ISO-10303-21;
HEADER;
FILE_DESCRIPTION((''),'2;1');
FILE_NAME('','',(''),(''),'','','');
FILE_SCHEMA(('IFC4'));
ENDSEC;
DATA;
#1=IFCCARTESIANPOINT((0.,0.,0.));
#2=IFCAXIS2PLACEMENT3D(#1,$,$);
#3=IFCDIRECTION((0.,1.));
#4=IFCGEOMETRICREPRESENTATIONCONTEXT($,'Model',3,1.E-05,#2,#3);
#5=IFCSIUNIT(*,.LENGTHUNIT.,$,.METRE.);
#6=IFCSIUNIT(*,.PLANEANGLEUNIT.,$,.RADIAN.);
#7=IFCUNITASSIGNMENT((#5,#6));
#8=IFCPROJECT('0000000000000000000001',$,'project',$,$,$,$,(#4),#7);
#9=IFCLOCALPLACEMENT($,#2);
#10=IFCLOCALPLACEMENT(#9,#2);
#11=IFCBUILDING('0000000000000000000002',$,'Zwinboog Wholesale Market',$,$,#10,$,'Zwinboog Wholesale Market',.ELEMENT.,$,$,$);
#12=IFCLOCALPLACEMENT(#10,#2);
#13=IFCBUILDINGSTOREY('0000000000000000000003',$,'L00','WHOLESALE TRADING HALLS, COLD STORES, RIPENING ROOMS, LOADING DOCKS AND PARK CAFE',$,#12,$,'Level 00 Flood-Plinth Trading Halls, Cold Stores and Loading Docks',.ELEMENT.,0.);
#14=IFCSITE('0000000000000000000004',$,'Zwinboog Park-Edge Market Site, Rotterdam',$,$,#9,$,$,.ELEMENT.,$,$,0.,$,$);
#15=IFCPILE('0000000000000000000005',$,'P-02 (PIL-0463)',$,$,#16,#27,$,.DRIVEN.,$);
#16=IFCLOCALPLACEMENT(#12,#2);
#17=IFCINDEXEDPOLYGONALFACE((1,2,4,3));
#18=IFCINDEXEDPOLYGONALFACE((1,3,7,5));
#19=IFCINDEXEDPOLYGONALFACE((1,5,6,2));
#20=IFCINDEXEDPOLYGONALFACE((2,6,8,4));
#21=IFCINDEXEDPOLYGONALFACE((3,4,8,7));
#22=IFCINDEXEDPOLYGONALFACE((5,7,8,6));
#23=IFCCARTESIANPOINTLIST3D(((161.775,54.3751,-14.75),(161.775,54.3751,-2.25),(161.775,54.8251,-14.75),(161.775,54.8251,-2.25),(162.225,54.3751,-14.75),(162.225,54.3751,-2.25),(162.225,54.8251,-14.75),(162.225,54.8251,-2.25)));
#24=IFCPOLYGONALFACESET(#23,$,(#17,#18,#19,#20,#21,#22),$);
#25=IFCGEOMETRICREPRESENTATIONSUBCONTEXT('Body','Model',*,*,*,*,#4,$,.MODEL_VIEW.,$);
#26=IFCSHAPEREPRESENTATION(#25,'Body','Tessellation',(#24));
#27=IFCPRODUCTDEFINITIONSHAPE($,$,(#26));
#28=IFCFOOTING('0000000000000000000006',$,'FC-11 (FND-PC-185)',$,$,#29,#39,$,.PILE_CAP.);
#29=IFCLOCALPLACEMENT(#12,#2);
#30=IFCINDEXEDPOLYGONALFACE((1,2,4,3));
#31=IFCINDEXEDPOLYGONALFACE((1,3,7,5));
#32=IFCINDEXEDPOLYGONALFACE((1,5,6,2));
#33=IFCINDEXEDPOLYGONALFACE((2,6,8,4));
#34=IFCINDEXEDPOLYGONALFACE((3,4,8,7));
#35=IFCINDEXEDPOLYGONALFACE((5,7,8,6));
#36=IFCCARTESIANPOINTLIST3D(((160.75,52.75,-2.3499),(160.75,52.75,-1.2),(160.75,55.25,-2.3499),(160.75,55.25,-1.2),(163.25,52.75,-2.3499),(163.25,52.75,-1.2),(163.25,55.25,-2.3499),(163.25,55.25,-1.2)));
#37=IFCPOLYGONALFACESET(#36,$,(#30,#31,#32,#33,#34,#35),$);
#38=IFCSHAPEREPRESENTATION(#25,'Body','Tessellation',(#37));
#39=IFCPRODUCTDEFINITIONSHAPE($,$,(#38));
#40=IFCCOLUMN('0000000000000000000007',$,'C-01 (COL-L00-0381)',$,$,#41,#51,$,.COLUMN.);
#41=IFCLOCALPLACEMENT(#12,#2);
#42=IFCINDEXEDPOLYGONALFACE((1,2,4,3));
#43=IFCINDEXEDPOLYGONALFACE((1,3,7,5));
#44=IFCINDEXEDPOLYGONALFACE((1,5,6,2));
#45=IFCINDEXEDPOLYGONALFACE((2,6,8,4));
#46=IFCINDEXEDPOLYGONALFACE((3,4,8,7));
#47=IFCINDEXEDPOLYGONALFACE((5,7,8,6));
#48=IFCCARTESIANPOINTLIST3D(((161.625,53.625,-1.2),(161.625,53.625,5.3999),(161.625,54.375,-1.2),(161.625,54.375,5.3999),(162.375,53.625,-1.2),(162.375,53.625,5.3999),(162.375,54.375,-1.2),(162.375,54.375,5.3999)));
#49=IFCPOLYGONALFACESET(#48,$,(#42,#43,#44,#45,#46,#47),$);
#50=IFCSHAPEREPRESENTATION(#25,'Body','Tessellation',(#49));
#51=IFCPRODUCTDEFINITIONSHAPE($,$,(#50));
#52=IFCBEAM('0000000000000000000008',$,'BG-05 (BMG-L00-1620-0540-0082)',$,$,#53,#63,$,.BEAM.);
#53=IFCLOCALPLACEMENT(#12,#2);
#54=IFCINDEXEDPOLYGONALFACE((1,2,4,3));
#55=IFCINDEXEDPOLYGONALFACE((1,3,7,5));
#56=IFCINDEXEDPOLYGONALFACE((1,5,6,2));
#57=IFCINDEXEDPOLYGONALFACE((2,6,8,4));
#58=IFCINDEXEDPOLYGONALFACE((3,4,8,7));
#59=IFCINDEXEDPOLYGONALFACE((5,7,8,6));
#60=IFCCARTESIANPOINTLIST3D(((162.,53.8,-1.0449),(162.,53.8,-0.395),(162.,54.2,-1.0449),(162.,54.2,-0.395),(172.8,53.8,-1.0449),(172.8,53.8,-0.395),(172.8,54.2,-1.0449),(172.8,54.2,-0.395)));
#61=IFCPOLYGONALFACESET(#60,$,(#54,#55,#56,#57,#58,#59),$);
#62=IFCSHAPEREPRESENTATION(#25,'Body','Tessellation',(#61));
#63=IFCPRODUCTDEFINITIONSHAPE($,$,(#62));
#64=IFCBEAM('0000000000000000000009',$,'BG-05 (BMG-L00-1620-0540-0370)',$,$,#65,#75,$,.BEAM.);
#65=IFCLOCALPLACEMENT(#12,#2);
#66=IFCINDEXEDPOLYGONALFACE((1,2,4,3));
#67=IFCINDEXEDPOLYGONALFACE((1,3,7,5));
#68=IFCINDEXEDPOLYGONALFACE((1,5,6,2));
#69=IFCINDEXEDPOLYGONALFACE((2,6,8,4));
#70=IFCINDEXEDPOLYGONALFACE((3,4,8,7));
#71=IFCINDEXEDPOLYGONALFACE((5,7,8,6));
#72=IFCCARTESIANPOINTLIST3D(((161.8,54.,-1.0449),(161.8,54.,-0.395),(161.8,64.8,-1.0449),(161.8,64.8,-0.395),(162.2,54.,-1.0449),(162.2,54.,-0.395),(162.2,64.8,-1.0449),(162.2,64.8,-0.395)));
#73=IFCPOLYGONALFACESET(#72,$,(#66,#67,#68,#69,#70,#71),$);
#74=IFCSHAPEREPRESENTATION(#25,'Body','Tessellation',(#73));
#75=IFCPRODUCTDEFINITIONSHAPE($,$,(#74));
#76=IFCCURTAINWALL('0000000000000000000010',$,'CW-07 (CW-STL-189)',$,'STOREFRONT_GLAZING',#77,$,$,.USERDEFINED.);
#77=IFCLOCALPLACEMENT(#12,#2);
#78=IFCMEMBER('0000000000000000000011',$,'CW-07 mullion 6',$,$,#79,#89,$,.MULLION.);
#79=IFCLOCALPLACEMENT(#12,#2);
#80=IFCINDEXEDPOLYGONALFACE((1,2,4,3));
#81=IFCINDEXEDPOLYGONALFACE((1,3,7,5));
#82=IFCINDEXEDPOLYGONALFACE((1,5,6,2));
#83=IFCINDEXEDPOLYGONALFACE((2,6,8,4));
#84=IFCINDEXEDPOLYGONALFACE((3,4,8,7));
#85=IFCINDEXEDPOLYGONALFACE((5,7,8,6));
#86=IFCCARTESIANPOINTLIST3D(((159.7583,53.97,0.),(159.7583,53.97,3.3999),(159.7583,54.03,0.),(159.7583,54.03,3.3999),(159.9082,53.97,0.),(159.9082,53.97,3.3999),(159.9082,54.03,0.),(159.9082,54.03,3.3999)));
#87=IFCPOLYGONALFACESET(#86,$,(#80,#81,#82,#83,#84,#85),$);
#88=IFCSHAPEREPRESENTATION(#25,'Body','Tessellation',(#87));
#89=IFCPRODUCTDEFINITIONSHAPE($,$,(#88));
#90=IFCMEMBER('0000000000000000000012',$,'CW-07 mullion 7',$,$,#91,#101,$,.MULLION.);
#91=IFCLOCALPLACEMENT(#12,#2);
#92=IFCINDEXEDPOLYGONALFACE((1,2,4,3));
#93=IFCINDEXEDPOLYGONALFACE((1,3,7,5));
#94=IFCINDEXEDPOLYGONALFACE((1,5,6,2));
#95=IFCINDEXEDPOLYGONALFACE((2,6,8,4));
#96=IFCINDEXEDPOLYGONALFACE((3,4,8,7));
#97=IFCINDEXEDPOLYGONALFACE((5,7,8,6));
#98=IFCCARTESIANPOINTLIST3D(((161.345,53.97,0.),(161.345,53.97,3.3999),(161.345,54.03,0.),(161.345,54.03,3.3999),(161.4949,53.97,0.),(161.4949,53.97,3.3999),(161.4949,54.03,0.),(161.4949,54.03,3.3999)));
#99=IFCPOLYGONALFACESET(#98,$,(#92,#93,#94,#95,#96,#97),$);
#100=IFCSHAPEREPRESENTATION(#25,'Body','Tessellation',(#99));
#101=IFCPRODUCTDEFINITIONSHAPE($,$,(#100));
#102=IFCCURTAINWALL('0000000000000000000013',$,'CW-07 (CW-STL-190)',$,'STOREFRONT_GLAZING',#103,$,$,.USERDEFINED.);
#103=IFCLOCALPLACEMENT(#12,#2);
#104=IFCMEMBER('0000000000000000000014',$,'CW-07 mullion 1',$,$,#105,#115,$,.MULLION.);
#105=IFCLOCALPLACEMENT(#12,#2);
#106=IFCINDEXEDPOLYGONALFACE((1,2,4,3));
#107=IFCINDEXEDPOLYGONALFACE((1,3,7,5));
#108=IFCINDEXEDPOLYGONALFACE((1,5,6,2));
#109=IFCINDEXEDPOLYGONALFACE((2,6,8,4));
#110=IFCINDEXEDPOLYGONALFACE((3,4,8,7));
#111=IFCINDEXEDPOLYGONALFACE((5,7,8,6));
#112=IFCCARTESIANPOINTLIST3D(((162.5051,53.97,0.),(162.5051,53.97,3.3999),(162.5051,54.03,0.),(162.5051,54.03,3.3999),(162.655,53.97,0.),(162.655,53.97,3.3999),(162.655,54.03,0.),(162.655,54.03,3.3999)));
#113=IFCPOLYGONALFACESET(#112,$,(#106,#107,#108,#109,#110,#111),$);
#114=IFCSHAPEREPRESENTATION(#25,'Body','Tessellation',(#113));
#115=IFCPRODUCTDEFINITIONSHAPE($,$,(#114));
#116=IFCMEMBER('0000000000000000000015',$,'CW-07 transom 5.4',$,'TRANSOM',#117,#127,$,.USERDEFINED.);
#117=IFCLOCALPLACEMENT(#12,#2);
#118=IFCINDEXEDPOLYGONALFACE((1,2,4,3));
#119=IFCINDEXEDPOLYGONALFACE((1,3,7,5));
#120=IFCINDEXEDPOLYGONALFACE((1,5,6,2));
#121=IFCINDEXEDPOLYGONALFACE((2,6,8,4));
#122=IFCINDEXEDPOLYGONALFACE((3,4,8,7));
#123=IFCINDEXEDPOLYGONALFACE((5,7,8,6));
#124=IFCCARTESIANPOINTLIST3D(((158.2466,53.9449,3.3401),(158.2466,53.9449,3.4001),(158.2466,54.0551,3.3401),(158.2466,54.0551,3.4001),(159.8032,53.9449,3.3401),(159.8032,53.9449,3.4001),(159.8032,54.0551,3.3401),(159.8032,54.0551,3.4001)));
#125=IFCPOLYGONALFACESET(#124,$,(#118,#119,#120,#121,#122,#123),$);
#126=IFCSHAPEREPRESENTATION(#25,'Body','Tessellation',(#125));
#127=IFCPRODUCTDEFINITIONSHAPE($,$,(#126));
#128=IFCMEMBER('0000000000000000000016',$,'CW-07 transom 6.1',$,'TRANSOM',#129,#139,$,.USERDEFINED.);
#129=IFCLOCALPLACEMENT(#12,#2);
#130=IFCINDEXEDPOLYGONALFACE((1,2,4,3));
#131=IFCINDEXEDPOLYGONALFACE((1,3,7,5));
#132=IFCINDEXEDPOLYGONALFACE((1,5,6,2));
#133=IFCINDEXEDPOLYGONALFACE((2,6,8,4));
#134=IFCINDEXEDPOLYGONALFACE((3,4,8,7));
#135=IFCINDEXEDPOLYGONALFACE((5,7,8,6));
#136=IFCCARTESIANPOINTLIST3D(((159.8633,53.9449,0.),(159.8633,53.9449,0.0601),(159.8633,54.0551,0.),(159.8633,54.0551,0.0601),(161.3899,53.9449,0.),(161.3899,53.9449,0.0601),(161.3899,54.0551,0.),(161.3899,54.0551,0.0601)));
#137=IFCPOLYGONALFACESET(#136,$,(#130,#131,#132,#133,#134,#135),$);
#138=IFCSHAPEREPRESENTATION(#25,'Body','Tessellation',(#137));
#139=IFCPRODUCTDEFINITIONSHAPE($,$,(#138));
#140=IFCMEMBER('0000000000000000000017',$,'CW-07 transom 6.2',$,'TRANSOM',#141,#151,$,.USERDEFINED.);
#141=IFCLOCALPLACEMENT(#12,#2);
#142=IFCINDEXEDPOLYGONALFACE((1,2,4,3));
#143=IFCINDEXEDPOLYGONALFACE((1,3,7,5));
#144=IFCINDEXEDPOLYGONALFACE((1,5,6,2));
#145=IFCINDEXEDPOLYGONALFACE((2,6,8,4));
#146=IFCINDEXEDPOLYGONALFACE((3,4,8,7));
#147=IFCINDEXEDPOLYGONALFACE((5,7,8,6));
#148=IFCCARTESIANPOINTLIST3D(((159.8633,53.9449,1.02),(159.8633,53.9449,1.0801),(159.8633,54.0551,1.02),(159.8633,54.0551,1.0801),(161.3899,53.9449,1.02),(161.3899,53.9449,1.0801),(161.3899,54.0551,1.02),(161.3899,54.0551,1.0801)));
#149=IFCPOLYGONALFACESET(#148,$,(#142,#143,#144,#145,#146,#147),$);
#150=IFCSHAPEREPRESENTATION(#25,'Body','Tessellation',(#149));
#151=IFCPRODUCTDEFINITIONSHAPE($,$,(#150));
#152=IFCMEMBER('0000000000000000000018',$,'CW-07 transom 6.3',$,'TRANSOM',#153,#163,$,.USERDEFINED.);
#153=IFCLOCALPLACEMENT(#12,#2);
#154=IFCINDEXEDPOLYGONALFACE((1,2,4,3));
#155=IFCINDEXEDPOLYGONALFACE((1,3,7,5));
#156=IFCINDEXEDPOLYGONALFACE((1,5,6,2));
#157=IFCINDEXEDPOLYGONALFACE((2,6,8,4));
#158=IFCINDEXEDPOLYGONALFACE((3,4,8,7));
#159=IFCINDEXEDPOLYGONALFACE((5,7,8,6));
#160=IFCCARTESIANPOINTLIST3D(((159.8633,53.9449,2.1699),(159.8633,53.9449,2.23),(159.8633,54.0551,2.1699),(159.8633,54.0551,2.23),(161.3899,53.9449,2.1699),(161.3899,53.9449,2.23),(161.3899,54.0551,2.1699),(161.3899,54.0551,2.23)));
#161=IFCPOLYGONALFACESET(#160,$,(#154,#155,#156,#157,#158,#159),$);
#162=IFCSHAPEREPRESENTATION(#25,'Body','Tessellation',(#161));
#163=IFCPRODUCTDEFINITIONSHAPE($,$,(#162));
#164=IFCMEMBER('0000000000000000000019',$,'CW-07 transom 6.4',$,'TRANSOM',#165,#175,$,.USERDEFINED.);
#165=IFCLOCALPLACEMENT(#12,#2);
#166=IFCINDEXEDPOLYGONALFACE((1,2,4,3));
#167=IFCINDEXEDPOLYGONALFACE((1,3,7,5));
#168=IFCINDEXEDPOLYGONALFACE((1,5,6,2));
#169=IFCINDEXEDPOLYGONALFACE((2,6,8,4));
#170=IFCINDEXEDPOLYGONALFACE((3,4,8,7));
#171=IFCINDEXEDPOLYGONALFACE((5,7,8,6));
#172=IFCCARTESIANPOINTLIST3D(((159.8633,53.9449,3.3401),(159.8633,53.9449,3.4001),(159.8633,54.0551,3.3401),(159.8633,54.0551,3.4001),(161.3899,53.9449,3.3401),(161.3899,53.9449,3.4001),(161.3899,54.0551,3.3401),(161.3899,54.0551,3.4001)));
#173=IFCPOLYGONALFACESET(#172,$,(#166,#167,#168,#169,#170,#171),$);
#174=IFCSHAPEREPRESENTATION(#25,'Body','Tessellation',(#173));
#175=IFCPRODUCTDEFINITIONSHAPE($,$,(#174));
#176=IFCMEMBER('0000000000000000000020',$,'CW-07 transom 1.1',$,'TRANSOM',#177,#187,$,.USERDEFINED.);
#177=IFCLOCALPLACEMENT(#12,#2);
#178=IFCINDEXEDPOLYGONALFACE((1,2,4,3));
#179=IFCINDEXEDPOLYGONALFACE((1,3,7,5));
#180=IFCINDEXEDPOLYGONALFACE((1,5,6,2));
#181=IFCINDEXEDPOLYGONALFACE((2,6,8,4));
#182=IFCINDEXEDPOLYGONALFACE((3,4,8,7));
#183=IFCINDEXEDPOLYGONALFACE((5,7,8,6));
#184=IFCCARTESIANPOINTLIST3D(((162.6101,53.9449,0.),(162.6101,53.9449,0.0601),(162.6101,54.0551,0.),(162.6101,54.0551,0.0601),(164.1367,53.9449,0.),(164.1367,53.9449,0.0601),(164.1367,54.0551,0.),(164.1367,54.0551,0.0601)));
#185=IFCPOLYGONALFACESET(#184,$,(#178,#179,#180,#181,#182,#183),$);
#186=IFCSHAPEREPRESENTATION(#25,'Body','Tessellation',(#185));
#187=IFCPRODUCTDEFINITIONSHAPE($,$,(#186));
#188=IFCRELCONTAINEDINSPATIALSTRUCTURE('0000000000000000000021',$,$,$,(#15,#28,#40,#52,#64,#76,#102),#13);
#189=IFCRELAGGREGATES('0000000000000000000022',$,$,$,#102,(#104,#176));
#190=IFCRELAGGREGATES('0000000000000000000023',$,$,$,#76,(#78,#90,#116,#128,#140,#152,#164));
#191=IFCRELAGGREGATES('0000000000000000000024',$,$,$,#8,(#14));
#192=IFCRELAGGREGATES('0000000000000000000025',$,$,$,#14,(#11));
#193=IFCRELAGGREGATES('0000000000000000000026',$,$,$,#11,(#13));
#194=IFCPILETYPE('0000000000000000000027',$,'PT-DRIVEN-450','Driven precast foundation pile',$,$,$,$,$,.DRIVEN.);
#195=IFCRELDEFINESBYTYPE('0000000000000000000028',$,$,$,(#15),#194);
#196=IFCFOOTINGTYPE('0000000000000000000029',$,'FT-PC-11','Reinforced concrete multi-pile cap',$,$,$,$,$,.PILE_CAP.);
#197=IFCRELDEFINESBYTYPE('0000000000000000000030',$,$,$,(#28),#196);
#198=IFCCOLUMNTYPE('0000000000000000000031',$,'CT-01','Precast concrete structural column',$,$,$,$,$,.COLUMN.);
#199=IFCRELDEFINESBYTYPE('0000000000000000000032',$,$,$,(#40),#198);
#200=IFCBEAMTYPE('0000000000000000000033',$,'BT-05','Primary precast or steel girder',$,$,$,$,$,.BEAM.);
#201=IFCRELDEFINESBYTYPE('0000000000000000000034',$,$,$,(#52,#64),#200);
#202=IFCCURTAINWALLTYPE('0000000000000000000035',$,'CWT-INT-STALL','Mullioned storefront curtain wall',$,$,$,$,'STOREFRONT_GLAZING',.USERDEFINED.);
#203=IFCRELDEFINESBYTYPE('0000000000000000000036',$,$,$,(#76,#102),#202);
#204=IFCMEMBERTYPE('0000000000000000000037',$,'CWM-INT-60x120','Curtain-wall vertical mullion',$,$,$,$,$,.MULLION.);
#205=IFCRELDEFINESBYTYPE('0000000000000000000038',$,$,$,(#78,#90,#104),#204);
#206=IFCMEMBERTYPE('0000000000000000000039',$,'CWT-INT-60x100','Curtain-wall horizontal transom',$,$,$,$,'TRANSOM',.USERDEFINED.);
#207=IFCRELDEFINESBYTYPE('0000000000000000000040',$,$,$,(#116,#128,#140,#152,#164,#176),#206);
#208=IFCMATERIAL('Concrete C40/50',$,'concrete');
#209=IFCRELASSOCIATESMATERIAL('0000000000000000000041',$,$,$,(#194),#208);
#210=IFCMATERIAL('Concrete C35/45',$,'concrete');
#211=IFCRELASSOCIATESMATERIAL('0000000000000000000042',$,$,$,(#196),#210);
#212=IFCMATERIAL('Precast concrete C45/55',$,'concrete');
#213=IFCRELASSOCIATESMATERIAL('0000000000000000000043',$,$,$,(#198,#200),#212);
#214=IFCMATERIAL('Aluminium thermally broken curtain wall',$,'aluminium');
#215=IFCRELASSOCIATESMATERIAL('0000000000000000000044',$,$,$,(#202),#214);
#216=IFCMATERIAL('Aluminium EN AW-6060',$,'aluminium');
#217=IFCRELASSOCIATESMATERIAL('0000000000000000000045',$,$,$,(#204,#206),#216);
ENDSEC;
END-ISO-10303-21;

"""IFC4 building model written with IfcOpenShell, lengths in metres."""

from ifc_helpers import new_model, si_unit, direction, frame, origin, origin_2d, place, context, subcontext, project, spatial, rectangle, extrude, material, material_profile, profile_set, type_object, element, aggregate, save


model = new_model("IFC4")

# Units and contexts
model_context = context("Model", 3, precision=1e-05, world=origin(), true_north=direction((0.0, 1.0)))
body_context = subcontext(model_context, "Body", "Model", "MODEL_VIEW")
ifc_project = project(units=[si_unit("LENGTHUNIT", "METRE"), si_unit("PLANEANGLEUNIT", "RADIAN")], contexts=[model_context])

# Site, building, storey
site_placement = place(None, origin())
site = spatial("IfcSite", under=ifc_project, at=site_placement, Name="Zwinboog Park-Edge Market Site, Rotterdam", CompositionType="ELEMENT", RefElevation=0.0)
building_placement = place(site_placement, origin())
building = spatial("IfcBuilding", under=site, at=building_placement, Name="Zwinboog Wholesale Market", LongName="Zwinboog Wholesale Market", CompositionType="ELEMENT")
storey_placement = place(building_placement, origin())
storey = spatial("IfcBuildingStorey", under=building, at=storey_placement, Name="L00", Description="WHOLESALE TRADING HALLS, COLD STORES, RIPENING ROOMS, LOADING DOCKS AND PARK CAFE", LongName="Level 00 Flood-Plinth Trading Halls, Cold Stores and Loading Docks", CompositionType="ELEMENT", Elevation=0.0)

# Pile
ifc_material_1 = material(Name="Concrete C40/50", Category="concrete")
ifc_material_profile_1 = material_profile(ifc_material_1, rectangle(XDim=0.45, YDim=0.45, at=origin_2d()), Name="PILE SQ450")
ifc_profile_set_1 = profile_set([ifc_material_profile_1], Name="Concrete C40/50")
pile_type = type_object("IfcPileType", Name="PT-DRIVEN-450", Description="Driven precast foundation pile", PredefinedType="DRIVEN", material=ifc_profile_set_1)
pile_placement = place(storey_placement, frame((162.0, 54.6001, -2.25), z_axis=(0.0, 0.0, -1.0), x_axis=(1.0, 0.0, 0.0)))
element("IfcPile", 1, at=pile_placement, inside=storey, type_object=pile_type, Name="P-02 (PIL-0463)", PredefinedType="DRIVEN", context=body_context, shape_type="SweptSolid", body=[
    extrude(rectangle(XDim=0.45, YDim=0.45, at=origin_2d()), origin(), (0.0, 0.0, 1.0), 12.5),
])

# Footing
ifc_material_2 = material(Name="Concrete C35/45", Category="concrete")
footing_type = type_object("IfcFootingType", Name="FT-PC-11", Description="Reinforced concrete multi-pile cap", PredefinedType="PILE_CAP", material=ifc_material_2)
footing_placement = place(storey_placement, frame((162.0, 54.0, -2.3499), z_axis=(0.0, 0.0, 1.0), x_axis=(1.0, 0.0, 0.0)))
element("IfcFooting", 2, at=footing_placement, inside=storey, type_object=footing_type, Name="FC-11 (FND-PC-185)", PredefinedType="PILE_CAP", context=body_context, shape_type="SweptSolid", body=[
    extrude(rectangle(XDim=2.5, YDim=2.5, at=origin_2d()), origin(), (0.0, 0.0, 1.0), 1.1499),
])

# Column
ifc_material_3 = material(Name="Precast concrete C45/55", Category="concrete")
ifc_material_profile_2 = material_profile(ifc_material_3, rectangle(XDim=0.75, YDim=0.75, at=origin_2d()), Name="PC 750x750")
ifc_profile_set_2 = profile_set([ifc_material_profile_2], Name="Precast concrete C45/55")
column_type = type_object("IfcColumnType", Name="CT-01", Description="Precast concrete structural column", PredefinedType="COLUMN", material=ifc_profile_set_2)
column_placement = place(storey_placement, frame((162.0, 54.0, -1.2), z_axis=(0.0, 0.0, 1.0), x_axis=(1.0, 0.0, 0.0)))
element("IfcColumn", 3, at=column_placement, inside=storey, type_object=column_type, Name="C-01 (COL-L00-0381)", PredefinedType="COLUMN", context=body_context, shape_type="SweptSolid", body=[
    extrude(rectangle(XDim=0.75, YDim=0.75, at=origin_2d()), origin(), (0.0, 0.0, 1.0), 6.5999),
])

# Beams
ifc_material_profile_3 = material_profile(ifc_material_3, rectangle(XDim=0.3999, YDim=0.6499, at=origin_2d()), Name="PC 400x650")
ifc_profile_set_3 = profile_set([ifc_material_profile_3], Name="Precast concrete C45/55")
beam_type = type_object("IfcBeamType", Name="BT-05", Description="Primary precast or steel girder", PredefinedType="BEAM", material=ifc_profile_set_3)
for number, where, z_axis, x_axis, name in (
    (4, (162.0, 54.0, -0.72), (1.0, 0.0, 0.0), (0.0, 1.0, 0.0), "BG-05 (BMG-L00-1620-0540-0082)"),
    (5, (162.0, 54.0, -0.72), (0.0, 1.0, 0.0), (-1.0, 0.0, 0.0), "BG-05 (BMG-L00-1620-0540-0370)"),
):
    element("IfcBeam", number, at=place(storey_placement, frame(where, z_axis=z_axis, x_axis=x_axis)), inside=storey, type_object=beam_type, Name=name, PredefinedType="BEAM", context=body_context, shape_type="SweptSolid", body=[
        extrude(rectangle(XDim=0.3999, YDim=0.6499, at=origin_2d()), origin(), (0.0, 0.0, 1.0), 10.8),
    ])

# Curtain wall, members
ifc_material_4 = material(Name="Aluminium thermally broken curtain wall", Category="aluminium")
curtain_wall_type = type_object("IfcCurtainWallType", Name="CWT-INT-STALL", Description="Mullioned storefront curtain wall", ElementType="STOREFRONT_GLAZING", PredefinedType="USERDEFINED", material=ifc_material_4)
curtain_wall_1_placement = place(storey_placement, origin())
curtain_wall_1 = element("IfcCurtainWall", 6, at=curtain_wall_1_placement, inside=storey, type_object=curtain_wall_type, Name="CW-07 (CW-STL-189)", ObjectType="STOREFRONT_GLAZING", PredefinedType="USERDEFINED")
ifc_material_5 = material(Name="Aluminium EN AW-6060", Category="aluminium")
ifc_material_profile_4 = material_profile(ifc_material_5, rectangle(XDim=0.0601, YDim=0.1499, at=origin_2d()), Name="AL 60x150")
ifc_profile_set_4 = profile_set([ifc_material_profile_4], Name="Aluminium EN AW-6060")
member_type_1 = type_object("IfcMemberType", Name="CWM-INT-60x120", Description="Curtain-wall vertical mullion", PredefinedType="MULLION", material=ifc_profile_set_4)
member_1_placement = place(storey_placement, frame((159.8333, 54.0, 0.0), z_axis=(0.0, 0.0, 1.0), x_axis=(0.0, 1.0, 0.0)))
member_1 = element("IfcMember", 7, at=member_1_placement, type_object=member_type_1, Name="CW-07 mullion 6", PredefinedType="MULLION", context=body_context, shape_type="SweptSolid", body=[
    extrude(rectangle(XDim=0.0601, YDim=0.1499, at=origin_2d()), origin(), (0.0, 0.0, 1.0), 3.3999),
])
member_2_placement = place(storey_placement, frame((161.4199, 54.0, 0.0), z_axis=(0.0, 0.0, 1.0), x_axis=(0.0, 1.0, 0.0)))
member_2 = element("IfcMember", 8, at=member_2_placement, type_object=member_type_1, Name="CW-07 mullion 7", PredefinedType="MULLION", context=body_context, shape_type="SweptSolid", body=[
    extrude(rectangle(XDim=0.0601, YDim=0.1499, at=origin_2d()), origin(), (0.0, 0.0, 1.0), 3.3999),
])

# Curtain wall, member
curtain_wall_2_placement = place(storey_placement, origin())
curtain_wall_2 = element("IfcCurtainWall", 9, at=curtain_wall_2_placement, inside=storey, type_object=curtain_wall_type, Name="CW-07 (CW-STL-190)", ObjectType="STOREFRONT_GLAZING", PredefinedType="USERDEFINED")
member_3_placement = place(storey_placement, frame((162.5801, 54.0, 0.0), z_axis=(0.0, 0.0, 1.0), x_axis=(0.0, 1.0, 0.0)))
member_3 = element("IfcMember", 10, at=member_3_placement, type_object=member_type_1, Name="CW-07 mullion 1", PredefinedType="MULLION", context=body_context, shape_type="SweptSolid", body=[
    extrude(rectangle(XDim=0.0601, YDim=0.1499, at=origin_2d()), origin(), (0.0, 0.0, 1.0), 3.3999),
])

# Members
ifc_material_profile_5 = material_profile(ifc_material_5, rectangle(XDim=0.1101, YDim=0.0601, at=origin_2d()), Name="AL 60x110")
ifc_profile_set_5 = profile_set([ifc_material_profile_5], Name="Aluminium EN AW-6060")
member_type_2 = type_object("IfcMemberType", Name="CWT-INT-60x100", Description="Curtain-wall horizontal transom", ElementType="TRANSOM", PredefinedType="USERDEFINED", material=ifc_profile_set_5)
member_4_placement = place(storey_placement, frame((158.2466, 54.0, 3.3701), z_axis=(1.0, 0.0, 0.0), x_axis=(0.0, 1.0, 0.0)))
member_4 = element("IfcMember", 11, at=member_4_placement, type_object=member_type_2, Name="CW-07 transom 5.4", ObjectType="TRANSOM", PredefinedType="USERDEFINED", context=body_context, shape_type="SweptSolid", body=[
    extrude(rectangle(XDim=0.1101, YDim=0.0601, at=origin_2d()), origin(), (0.0, 0.0, 1.0), 1.5566),
])
member_5_placement = place(storey_placement, frame((159.8633, 54.0, 0.03), z_axis=(1.0, 0.0, 0.0), x_axis=(0.0, 1.0, 0.0)))
member_5 = element("IfcMember", 12, at=member_5_placement, type_object=member_type_2, Name="CW-07 transom 6.1", ObjectType="TRANSOM", PredefinedType="USERDEFINED", context=body_context, shape_type="SweptSolid", body=[
    extrude(rectangle(XDim=0.1101, YDim=0.0601, at=origin_2d()), origin(), (0.0, 0.0, 1.0), 1.5266),
])
member_6_placement = place(storey_placement, frame((159.8633, 54.0, 1.05), z_axis=(1.0, 0.0, 0.0), x_axis=(0.0, 1.0, 0.0)))
member_6 = element("IfcMember", 13, at=member_6_placement, type_object=member_type_2, Name="CW-07 transom 6.2", ObjectType="TRANSOM", PredefinedType="USERDEFINED", context=body_context, shape_type="SweptSolid", body=[
    extrude(rectangle(XDim=0.1101, YDim=0.0601, at=origin_2d()), origin(), (0.0, 0.0, 1.0), 1.5266),
])
member_7_placement = place(storey_placement, frame((159.8633, 54.0, 2.2), z_axis=(1.0, 0.0, 0.0), x_axis=(0.0, 1.0, 0.0)))
member_7 = element("IfcMember", 14, at=member_7_placement, type_object=member_type_2, Name="CW-07 transom 6.3", ObjectType="TRANSOM", PredefinedType="USERDEFINED", context=body_context, shape_type="SweptSolid", body=[
    extrude(rectangle(XDim=0.1101, YDim=0.0601, at=origin_2d()), origin(), (0.0, 0.0, 1.0), 1.5266),
])
member_8_placement = place(storey_placement, frame((159.8633, 54.0, 3.3701), z_axis=(1.0, 0.0, 0.0), x_axis=(0.0, 1.0, 0.0)))
member_8 = element("IfcMember", 15, at=member_8_placement, type_object=member_type_2, Name="CW-07 transom 6.4", ObjectType="TRANSOM", PredefinedType="USERDEFINED", context=body_context, shape_type="SweptSolid", body=[
    extrude(rectangle(XDim=0.1101, YDim=0.0601, at=origin_2d()), origin(), (0.0, 0.0, 1.0), 1.5266),
])
member_9_placement = place(storey_placement, frame((162.6101, 54.0, 0.03), z_axis=(1.0, 0.0, 0.0), x_axis=(0.0, 1.0, 0.0)))
member_9 = element("IfcMember", 16, at=member_9_placement, type_object=member_type_2, Name="CW-07 transom 1.1", ObjectType="TRANSOM", PredefinedType="USERDEFINED", context=body_context, shape_type="SweptSolid", body=[
    extrude(rectangle(XDim=0.1101, YDim=0.0601, at=origin_2d()), origin(), (0.0, 0.0, 1.0), 1.5266),
])
aggregate(curtain_wall_2, [member_3, member_9])

aggregate(curtain_wall_1, [member_1, member_2, member_4, member_5, member_6, member_7, member_8])

save(model, "model.ifc")
